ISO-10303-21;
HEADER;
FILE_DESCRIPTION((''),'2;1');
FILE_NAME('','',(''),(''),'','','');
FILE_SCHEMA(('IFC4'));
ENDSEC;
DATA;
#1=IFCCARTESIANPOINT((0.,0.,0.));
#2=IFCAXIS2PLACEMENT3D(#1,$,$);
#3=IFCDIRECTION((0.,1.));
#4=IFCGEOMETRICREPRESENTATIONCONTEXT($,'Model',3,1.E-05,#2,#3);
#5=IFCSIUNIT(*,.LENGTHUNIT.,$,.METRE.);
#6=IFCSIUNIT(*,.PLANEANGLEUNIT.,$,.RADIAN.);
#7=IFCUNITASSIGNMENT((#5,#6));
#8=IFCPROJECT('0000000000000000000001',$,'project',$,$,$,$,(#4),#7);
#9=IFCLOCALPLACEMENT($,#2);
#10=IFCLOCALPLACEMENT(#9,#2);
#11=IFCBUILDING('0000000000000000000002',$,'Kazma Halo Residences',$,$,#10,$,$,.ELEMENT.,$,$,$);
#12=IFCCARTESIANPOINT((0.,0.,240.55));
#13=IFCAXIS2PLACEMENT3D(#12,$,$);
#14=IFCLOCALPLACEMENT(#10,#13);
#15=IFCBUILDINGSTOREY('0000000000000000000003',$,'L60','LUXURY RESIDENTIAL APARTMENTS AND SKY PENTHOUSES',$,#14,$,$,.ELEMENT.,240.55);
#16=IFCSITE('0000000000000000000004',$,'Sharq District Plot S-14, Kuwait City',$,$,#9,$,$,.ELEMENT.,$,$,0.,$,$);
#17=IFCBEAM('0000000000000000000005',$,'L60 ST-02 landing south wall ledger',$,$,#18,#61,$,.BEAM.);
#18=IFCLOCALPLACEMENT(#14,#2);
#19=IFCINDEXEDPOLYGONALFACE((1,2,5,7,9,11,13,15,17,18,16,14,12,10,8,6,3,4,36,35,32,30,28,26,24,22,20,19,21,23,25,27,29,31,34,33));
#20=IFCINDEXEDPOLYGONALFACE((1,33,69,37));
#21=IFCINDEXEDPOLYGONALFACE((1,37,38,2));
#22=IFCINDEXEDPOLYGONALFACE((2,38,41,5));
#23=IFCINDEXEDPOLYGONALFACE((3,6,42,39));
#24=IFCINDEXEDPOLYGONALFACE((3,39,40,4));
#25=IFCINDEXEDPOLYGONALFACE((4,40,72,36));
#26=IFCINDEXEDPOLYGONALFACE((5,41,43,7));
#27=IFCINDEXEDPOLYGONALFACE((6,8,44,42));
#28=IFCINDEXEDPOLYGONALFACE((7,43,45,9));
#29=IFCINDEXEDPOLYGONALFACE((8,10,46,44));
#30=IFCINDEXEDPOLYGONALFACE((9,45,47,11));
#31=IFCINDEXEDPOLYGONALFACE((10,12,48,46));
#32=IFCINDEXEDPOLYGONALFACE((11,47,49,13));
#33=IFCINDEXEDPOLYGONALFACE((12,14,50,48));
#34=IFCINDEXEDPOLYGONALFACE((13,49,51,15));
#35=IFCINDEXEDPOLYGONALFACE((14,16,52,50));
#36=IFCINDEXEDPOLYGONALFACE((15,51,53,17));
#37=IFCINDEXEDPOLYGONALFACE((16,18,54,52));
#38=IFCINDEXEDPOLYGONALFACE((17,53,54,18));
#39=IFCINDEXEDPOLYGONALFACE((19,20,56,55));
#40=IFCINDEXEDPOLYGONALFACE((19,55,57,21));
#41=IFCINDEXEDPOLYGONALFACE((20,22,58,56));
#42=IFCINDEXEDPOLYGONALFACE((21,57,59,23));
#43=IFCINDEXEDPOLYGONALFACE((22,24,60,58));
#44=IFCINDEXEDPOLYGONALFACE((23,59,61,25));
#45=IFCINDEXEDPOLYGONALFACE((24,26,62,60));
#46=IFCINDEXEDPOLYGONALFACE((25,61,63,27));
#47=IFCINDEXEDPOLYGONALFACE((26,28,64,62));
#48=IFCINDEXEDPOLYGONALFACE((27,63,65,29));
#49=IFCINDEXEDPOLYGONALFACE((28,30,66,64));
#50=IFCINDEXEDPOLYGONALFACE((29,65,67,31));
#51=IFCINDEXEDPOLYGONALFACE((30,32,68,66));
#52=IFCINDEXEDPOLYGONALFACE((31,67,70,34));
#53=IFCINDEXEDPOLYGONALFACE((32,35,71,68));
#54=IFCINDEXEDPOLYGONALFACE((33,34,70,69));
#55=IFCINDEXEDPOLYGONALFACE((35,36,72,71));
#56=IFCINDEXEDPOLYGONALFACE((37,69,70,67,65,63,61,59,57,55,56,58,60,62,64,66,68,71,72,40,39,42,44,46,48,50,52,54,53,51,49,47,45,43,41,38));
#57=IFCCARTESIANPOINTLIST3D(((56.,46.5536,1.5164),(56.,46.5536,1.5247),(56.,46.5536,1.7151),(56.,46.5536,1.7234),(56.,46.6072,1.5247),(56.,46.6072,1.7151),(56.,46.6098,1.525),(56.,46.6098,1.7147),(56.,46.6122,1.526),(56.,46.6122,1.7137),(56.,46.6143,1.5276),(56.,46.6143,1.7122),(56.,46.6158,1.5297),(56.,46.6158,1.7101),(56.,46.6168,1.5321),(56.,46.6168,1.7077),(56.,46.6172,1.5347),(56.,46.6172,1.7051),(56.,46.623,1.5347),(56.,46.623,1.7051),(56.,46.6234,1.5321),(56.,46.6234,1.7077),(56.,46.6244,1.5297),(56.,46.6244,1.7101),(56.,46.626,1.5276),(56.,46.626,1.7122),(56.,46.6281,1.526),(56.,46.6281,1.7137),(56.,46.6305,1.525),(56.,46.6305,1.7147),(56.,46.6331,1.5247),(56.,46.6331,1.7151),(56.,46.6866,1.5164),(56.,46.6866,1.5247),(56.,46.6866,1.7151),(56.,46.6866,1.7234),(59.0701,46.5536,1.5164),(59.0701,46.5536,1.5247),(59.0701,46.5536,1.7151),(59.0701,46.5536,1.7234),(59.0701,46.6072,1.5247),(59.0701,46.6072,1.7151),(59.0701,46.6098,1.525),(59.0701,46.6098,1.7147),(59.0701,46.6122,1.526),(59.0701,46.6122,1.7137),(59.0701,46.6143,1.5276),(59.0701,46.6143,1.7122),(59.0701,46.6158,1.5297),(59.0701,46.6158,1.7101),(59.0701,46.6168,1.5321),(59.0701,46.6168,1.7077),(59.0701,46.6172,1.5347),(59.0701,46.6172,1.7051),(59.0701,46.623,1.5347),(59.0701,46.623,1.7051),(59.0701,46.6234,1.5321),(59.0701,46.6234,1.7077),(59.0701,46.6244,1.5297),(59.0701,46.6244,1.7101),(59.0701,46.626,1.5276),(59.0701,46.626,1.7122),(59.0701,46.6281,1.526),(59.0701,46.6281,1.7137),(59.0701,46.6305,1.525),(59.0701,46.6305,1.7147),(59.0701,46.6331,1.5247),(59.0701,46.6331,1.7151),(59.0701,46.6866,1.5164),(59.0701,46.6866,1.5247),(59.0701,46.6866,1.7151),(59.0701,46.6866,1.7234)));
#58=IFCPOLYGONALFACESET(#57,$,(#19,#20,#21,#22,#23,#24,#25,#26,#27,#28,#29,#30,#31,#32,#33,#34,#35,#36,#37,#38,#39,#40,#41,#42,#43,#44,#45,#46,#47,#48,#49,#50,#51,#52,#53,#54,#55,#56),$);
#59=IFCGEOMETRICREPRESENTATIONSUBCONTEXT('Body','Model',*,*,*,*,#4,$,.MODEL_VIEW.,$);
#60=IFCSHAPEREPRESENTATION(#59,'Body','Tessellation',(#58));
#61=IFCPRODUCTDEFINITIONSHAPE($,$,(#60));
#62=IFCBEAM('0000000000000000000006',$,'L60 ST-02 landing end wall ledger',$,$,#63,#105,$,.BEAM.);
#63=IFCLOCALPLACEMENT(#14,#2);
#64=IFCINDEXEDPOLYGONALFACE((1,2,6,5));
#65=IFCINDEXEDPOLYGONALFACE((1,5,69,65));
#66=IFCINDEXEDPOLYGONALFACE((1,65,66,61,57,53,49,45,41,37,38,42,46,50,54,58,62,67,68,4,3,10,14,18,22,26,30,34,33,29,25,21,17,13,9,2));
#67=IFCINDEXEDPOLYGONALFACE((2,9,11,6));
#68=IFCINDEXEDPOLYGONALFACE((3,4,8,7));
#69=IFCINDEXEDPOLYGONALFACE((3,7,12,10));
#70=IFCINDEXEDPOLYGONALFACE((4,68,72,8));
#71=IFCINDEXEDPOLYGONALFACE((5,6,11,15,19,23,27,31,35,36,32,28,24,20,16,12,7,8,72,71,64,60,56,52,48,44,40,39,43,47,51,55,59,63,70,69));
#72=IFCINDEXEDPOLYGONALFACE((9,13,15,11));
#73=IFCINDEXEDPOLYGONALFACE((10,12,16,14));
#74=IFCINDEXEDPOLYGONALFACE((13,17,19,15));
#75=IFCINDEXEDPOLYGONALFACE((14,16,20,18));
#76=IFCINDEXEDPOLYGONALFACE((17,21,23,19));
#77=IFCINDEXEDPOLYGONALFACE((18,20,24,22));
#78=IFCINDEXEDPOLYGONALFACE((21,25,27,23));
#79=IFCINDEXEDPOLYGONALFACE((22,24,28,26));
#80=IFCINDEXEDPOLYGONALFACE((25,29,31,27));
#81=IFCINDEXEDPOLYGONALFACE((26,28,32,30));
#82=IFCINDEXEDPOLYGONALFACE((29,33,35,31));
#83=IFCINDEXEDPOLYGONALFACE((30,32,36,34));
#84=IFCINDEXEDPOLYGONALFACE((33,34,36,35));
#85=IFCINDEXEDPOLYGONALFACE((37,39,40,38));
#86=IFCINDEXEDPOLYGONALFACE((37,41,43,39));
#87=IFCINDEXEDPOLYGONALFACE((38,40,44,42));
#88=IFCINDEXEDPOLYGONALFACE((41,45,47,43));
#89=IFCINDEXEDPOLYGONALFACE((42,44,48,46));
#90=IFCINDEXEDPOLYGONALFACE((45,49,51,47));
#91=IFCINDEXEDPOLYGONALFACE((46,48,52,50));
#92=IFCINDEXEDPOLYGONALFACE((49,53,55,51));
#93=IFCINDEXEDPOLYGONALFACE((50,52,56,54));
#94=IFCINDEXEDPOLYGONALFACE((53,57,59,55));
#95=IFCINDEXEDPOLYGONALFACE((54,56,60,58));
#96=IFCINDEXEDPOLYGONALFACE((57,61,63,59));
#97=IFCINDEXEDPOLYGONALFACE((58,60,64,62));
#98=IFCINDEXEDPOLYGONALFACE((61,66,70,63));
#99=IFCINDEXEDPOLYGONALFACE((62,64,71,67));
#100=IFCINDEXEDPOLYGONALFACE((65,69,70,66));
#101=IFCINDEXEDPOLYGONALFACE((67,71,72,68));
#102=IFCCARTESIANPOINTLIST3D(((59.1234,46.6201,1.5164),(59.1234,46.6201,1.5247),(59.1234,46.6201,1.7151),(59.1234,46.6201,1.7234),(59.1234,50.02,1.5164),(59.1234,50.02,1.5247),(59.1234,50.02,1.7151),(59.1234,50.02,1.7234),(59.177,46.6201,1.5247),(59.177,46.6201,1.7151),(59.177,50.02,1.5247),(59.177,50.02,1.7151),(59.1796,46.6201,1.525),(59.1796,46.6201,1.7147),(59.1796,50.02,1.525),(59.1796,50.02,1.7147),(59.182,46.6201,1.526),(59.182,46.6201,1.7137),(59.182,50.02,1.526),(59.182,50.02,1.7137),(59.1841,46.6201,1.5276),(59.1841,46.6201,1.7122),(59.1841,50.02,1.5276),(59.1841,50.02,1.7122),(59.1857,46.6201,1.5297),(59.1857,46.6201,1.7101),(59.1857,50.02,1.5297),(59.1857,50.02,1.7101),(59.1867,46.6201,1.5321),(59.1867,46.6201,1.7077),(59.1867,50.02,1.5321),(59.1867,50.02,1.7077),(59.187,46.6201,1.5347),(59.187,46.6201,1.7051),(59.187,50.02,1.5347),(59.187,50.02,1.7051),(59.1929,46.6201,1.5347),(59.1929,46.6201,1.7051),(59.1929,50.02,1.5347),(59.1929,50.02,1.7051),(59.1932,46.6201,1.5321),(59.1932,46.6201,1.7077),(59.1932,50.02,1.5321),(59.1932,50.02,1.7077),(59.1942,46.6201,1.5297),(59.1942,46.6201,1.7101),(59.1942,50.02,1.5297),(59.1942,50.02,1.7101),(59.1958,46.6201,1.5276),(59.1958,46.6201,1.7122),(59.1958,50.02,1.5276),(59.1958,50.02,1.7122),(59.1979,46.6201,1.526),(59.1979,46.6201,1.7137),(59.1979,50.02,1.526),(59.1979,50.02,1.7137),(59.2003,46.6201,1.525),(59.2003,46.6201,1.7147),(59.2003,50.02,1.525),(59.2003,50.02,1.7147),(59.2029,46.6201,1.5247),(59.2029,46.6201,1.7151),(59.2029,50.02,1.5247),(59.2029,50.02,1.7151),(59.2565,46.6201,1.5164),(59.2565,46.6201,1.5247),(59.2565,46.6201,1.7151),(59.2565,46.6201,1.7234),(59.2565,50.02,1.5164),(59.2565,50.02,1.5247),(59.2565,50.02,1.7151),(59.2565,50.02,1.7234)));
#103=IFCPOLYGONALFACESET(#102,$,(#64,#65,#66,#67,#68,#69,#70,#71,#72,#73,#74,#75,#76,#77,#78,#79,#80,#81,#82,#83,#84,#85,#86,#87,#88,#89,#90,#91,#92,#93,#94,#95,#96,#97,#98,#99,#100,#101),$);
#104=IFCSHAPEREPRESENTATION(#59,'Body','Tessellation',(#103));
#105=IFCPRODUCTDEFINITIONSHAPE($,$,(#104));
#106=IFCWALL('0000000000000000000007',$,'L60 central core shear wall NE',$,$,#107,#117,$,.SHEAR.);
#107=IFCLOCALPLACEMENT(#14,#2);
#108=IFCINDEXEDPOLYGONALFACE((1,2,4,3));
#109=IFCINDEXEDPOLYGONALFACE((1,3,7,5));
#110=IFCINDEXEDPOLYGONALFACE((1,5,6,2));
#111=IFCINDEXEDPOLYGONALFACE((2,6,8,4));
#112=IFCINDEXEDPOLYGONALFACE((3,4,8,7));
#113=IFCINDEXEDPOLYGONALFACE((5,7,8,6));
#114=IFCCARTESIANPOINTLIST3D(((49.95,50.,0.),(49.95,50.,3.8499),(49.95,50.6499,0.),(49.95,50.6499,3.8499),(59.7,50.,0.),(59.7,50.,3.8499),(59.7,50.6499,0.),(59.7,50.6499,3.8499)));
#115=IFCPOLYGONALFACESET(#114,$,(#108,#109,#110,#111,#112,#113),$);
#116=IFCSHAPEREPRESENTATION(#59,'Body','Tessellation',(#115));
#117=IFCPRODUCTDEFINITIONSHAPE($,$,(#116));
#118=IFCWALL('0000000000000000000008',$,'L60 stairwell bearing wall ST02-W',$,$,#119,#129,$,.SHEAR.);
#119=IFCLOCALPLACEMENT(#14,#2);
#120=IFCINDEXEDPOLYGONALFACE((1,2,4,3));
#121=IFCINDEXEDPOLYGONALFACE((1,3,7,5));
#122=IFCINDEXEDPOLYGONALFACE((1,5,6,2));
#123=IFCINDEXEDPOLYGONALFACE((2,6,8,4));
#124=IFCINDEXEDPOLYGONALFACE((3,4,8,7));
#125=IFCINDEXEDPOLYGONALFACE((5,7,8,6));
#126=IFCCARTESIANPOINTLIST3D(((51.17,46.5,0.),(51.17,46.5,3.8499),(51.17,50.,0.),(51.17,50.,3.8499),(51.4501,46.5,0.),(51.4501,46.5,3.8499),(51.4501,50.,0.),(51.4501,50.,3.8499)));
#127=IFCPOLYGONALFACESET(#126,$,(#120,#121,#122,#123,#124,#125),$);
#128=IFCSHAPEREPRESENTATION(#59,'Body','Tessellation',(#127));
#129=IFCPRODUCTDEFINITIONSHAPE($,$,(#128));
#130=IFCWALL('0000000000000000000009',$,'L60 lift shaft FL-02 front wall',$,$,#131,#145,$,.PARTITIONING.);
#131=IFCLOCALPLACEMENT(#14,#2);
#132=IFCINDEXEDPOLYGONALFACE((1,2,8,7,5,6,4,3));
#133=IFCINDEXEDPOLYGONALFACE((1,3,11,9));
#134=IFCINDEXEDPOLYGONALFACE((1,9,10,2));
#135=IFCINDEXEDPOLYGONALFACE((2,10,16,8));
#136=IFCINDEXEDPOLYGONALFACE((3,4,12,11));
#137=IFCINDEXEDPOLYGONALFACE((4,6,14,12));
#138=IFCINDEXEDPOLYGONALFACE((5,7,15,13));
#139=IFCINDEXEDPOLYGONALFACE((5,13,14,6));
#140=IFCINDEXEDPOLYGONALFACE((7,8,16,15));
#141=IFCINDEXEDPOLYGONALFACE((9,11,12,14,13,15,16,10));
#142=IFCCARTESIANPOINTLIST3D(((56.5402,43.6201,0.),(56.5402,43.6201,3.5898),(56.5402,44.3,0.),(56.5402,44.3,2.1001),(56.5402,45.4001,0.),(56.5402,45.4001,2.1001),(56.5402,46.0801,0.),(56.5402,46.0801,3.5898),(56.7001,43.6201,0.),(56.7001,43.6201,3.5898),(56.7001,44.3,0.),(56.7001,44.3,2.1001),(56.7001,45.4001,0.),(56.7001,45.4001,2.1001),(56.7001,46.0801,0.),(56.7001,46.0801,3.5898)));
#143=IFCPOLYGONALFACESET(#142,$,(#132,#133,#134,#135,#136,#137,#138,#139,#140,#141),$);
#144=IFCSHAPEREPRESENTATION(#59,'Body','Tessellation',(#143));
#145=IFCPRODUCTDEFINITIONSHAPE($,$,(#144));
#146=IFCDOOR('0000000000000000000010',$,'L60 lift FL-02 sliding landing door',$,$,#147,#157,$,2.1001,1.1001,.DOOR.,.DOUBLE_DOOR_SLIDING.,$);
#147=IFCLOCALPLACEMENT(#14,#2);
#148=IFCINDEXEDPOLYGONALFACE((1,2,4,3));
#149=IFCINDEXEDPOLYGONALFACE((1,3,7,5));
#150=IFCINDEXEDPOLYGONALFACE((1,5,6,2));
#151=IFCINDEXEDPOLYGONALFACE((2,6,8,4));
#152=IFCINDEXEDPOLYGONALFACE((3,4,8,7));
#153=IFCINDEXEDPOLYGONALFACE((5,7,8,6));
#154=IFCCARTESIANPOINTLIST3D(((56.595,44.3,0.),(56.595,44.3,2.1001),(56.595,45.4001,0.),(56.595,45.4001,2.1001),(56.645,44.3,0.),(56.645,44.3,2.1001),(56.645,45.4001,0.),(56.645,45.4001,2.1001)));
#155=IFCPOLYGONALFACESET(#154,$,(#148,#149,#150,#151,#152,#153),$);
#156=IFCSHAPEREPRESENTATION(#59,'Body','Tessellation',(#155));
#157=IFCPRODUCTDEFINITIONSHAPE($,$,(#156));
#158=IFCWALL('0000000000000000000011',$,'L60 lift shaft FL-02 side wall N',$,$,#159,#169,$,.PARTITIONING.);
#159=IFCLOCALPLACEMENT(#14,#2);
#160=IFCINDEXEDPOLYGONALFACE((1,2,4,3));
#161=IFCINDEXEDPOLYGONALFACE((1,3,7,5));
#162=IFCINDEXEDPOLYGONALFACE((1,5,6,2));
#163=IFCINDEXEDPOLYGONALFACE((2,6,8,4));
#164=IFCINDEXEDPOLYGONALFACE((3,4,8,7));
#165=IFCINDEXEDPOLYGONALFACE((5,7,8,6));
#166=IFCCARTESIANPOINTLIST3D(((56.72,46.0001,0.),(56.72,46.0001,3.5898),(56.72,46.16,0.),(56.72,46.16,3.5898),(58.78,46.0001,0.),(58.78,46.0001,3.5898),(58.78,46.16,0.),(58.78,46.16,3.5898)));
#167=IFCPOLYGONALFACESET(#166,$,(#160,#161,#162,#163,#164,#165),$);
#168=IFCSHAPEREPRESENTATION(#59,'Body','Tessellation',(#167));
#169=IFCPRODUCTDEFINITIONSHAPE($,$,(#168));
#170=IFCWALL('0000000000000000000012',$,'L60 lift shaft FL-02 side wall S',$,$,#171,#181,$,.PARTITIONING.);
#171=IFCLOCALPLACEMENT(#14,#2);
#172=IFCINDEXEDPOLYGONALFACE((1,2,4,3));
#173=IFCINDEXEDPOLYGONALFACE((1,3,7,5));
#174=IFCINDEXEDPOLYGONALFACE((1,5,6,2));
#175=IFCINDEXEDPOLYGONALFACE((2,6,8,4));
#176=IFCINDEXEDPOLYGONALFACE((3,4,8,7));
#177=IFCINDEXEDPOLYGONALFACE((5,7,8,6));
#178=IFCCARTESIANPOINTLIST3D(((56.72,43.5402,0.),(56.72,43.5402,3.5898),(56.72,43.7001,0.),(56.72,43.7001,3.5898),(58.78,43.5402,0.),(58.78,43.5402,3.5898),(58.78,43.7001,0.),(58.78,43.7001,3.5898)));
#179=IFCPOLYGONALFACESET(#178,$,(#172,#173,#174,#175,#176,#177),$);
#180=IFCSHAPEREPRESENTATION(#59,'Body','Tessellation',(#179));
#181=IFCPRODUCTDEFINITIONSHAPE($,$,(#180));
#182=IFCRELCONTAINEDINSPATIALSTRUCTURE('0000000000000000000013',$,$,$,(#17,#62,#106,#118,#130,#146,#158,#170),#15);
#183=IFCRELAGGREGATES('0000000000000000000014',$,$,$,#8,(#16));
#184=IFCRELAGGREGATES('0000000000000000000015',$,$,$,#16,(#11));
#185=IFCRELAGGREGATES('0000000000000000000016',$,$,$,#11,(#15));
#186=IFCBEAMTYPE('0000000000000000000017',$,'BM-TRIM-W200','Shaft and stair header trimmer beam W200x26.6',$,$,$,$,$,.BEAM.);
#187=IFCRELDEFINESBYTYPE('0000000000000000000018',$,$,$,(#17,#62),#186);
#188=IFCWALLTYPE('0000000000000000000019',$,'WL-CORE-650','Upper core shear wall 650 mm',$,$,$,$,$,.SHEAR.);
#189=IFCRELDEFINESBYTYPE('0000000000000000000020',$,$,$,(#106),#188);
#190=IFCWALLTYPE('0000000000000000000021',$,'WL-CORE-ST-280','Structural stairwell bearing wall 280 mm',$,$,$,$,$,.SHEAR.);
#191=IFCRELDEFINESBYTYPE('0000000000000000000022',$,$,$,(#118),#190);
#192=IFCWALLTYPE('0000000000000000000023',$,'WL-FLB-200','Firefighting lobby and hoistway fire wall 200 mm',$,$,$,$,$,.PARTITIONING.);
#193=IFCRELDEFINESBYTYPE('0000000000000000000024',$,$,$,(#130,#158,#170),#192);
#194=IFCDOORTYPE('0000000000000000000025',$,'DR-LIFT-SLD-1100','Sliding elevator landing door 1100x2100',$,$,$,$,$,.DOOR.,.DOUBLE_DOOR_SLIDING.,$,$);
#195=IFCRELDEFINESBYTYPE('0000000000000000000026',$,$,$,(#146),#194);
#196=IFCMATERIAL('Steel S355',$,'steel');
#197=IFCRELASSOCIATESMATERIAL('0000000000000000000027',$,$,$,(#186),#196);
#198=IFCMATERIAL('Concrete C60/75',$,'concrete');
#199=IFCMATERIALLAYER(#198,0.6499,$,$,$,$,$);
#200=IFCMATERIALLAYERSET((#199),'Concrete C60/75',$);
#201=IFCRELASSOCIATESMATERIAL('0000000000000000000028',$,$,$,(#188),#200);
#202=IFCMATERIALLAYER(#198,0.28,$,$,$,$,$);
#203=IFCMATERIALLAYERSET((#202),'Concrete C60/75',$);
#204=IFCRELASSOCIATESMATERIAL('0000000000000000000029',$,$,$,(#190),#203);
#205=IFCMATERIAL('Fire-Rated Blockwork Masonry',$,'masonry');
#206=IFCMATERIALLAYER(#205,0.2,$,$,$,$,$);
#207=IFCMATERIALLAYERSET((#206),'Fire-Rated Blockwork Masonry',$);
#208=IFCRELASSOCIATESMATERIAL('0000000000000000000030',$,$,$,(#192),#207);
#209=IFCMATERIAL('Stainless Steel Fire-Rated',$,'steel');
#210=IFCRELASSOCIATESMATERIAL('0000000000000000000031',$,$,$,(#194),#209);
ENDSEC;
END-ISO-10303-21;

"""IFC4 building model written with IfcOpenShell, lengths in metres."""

from ifc_helpers import new_model, si_unit, direction, frame, frame_2d, origin, origin_2d, place, context, subcontext, project, spatial, rectangle, i_section, extrude, material, layer, layer_set, material_profile, profile_set, type_object, element, fill, save


model = new_model("IFC4")

# Units and contexts
model_context = context("Model", 3, precision=1e-05, world=origin(), true_north=direction((0.0, 1.0)))
body_context = subcontext(model_context, "Body", "Model", "MODEL_VIEW")
ifc_project = project(units=[si_unit("LENGTHUNIT", "METRE"), si_unit("PLANEANGLEUNIT", "RADIAN")], contexts=[model_context])

# Site, building, storey
site_placement = place(None, origin())
site = spatial("IfcSite", under=ifc_project, at=site_placement, Name="Sharq District Plot S-14, Kuwait City", CompositionType="ELEMENT", RefElevation=0.0)
building_placement = place(site_placement, origin())
building = spatial("IfcBuilding", under=site, at=building_placement, Name="Kazma Halo Residences", CompositionType="ELEMENT")
storey_placement = place(building_placement, frame((0.0, 0.0, 240.55)))
storey = spatial("IfcBuildingStorey", under=building, at=storey_placement, Name="L60", Description="LUXURY RESIDENTIAL APARTMENTS AND SKY PENTHOUSES", CompositionType="ELEMENT", Elevation=240.55)

# Shared definitions
ifc_material_1 = material(Name="Steel S355", Category="steel")

# Beams
ifc_material_profile_1 = material_profile(ifc_material_1, i_section(OverallWidth=0.1331, OverallDepth=0.207, WebThickness=0.0059, FlangeThickness=0.0083, FilletRadius=0.01, at=origin_2d()), Name="W200x26.6")
ifc_profile_set_1 = profile_set([ifc_material_profile_1], Name="Steel S355")
beam_type_1 = type_object("IfcBeamType", Name="BM-TRIM-W200", Description="Shaft and stair header trimmer beam W200x26.6", PredefinedType="BEAM", material=ifc_profile_set_1)
beam_1_placement = place(storey_placement, frame((56.0, 46.6201, 1.6199), z_axis=(1.0, 0.0, 0.0), x_axis=(0.0, 1.0, 0.0)))
element("IfcBeam", 1, at=beam_1_placement, inside=storey, type_object=beam_type_1, Name="L60 ST-02 landing south wall ledger", PredefinedType="BEAM", context=body_context, shape_type="SweptSolid", body=[
    extrude(i_section(OverallWidth=0.1331, OverallDepth=0.207, WebThickness=0.0059, FlangeThickness=0.0083, FilletRadius=0.01, at=origin_2d()), origin(), (0.0, 0.0, 1.0), 3.0701),
])
beam_2_placement = place(storey_placement, frame((59.1899, 46.6201, 1.6199), z_axis=(0.0, 1.0, 0.0), x_axis=(-1.0, 0.0, 0.0)))
element("IfcBeam", 2, at=beam_2_placement, inside=storey, type_object=beam_type_1, Name="L60 ST-02 landing end wall ledger", PredefinedType="BEAM", context=body_context, shape_type="SweptSolid", body=[
    extrude(i_section(OverallWidth=0.1331, OverallDepth=0.207, WebThickness=0.0059, FlangeThickness=0.0083, FilletRadius=0.01, at=origin_2d()), origin(), (0.0, 0.0, 1.0), 3.3999),
])

# Walls
ifc_material_2 = material(Name="Concrete C60/75", Category="concrete")
ifc_layer_1 = layer(ifc_material_2, 0.6499)
ifc_layer_set_1 = layer_set([ifc_layer_1], Name="Concrete C60/75")
wall_type_1 = type_object("IfcWallType", Name="WL-CORE-650", Description="Upper core shear wall 650 mm", PredefinedType="SHEAR", material=ifc_layer_set_1)
wall_1_placement = place(storey_placement, frame((49.95, 50.325, 0.0), z_axis=(0.0, 0.0, 1.0), x_axis=(1.0, 0.0, 0.0)))
element("IfcWall", 3, at=wall_1_placement, inside=storey, type_object=wall_type_1, Name="L60 central core shear wall NE", PredefinedType="SHEAR", context=body_context, shape_type="SweptSolid", body=[
    extrude(rectangle(XDim=9.75, YDim=0.6499, at=frame_2d((4.875, 0.0))), origin(), (0.0, 0.0, 1.0), 3.8499),
])
ifc_layer_2 = layer(ifc_material_2, 0.28)
ifc_layer_set_2 = layer_set([ifc_layer_2], Name="Concrete C60/75")
wall_type_2 = type_object("IfcWallType", Name="WL-CORE-ST-280", Description="Structural stairwell bearing wall 280 mm", PredefinedType="SHEAR", material=ifc_layer_set_2)
wall_2_placement = place(storey_placement, frame((51.3101, 46.5, 0.0), z_axis=(0.0, 0.0, 1.0), x_axis=(0.0, 1.0, 0.0)))
element("IfcWall", 4, at=wall_2_placement, inside=storey, type_object=wall_type_2, Name="L60 stairwell bearing wall ST02-W", PredefinedType="SHEAR", context=body_context, shape_type="SweptSolid", body=[
    extrude(rectangle(XDim=3.5, YDim=0.28, at=frame_2d((1.75, 0.0))), origin(), (0.0, 0.0, 1.0), 3.8499),
])

# Wall, opening, door
ifc_material_3 = material(Name="Fire-Rated Blockwork Masonry", Category="masonry")
ifc_layer_3 = layer(ifc_material_3, 0.2)
ifc_layer_set_3 = layer_set([ifc_layer_3], Name="Fire-Rated Blockwork Masonry")
wall_type_3 = type_object("IfcWallType", Name="WL-FLB-200", Description="Firefighting lobby and hoistway fire wall 200 mm", PredefinedType="PARTITIONING", material=ifc_layer_set_3)
wall_3_placement = place(storey_placement, frame((56.6201, 46.0801, 0.0), z_axis=(0.0, 0.0, 1.0), x_axis=(0.0, -1.0, 0.0)))
wall_3 = element("IfcWall", 5, at=wall_3_placement, inside=storey, type_object=wall_type_3, Name="L60 lift shaft FL-02 front wall", PredefinedType="PARTITIONING", context=body_context, shape_type="SweptSolid", body=[
    extrude(rectangle(XDim=2.46, YDim=0.1599, at=frame_2d((1.23, 0.0))), origin(), (0.0, 0.0, 1.0), 3.5898),
])
opening_1_placement = place(wall_3_placement, frame((0.6799, 0.0, 0.0)))
opening_1 = element("IfcOpeningElement", 6, at=opening_1_placement, cuts=wall_3, PredefinedType="OPENING", context=body_context, shape_type="SweptSolid", body=[
    extrude(rectangle(XDim=1.1001, YDim=2.1001, at=frame_2d((0.55, 1.05))), frame((0.0, 0.0898, 0.0), z_axis=(0.0, -1.0, 0.0), x_axis=(1.0, 0.0, 0.0)), (0.0, 0.0, 1.0), 0.1799),
])
ifc_material_4 = material(Name="Stainless Steel Fire-Rated", Category="steel")
door_type_1 = type_object("IfcDoorType", Name="DR-LIFT-SLD-1100", Description="Sliding elevator landing door 1100x2100", OperationType="DOUBLE_DOOR_SLIDING", PredefinedType="DOOR", material=ifc_material_4)
door_1_placement = place(opening_1_placement, origin())
door_1 = element("IfcDoor", 7, at=door_1_placement, inside=storey, type_object=door_type_1, Name="L60 lift FL-02 sliding landing door", OperationType="DOUBLE_DOOR_SLIDING", OverallHeight=2.1001, OverallWidth=1.1001, PredefinedType="DOOR", context=body_context, shape_type="SweptSolid", body=[
    extrude(rectangle(XDim=1.1001, YDim=2.1001, at=frame_2d((0.55, 1.05))), frame((0.0, 0.0249, 0.0), z_axis=(0.0, -1.0, 0.0), x_axis=(1.0, 0.0, 0.0)), (0.0, 0.0, 1.0), 0.05),
])
fill(opening_1, door_1)

# Walls
for number, where, z_axis, x_axis, name in (
    (8, (56.72, 46.0801, 0.0), (0.0, 0.0, 1.0), (1.0, 0.0, 0.0), "L60 lift shaft FL-02 side wall N"),
    (9, (56.72, 43.6201, 0.0), (0.0, 0.0, 1.0), (1.0, 0.0, 0.0), "L60 lift shaft FL-02 side wall S"),
):
    element("IfcWall", number, at=place(storey_placement, frame(where, z_axis=z_axis, x_axis=x_axis)), inside=storey, type_object=wall_type_3, Name=name, PredefinedType="PARTITIONING", context=body_context, shape_type="SweptSolid", body=[
        extrude(rectangle(XDim=2.0601, YDim=0.1599, at=frame_2d((1.03, 0.0))), origin(), (0.0, 0.0, 1.0), 3.5898),
    ])

save(model, "model.ifc")
